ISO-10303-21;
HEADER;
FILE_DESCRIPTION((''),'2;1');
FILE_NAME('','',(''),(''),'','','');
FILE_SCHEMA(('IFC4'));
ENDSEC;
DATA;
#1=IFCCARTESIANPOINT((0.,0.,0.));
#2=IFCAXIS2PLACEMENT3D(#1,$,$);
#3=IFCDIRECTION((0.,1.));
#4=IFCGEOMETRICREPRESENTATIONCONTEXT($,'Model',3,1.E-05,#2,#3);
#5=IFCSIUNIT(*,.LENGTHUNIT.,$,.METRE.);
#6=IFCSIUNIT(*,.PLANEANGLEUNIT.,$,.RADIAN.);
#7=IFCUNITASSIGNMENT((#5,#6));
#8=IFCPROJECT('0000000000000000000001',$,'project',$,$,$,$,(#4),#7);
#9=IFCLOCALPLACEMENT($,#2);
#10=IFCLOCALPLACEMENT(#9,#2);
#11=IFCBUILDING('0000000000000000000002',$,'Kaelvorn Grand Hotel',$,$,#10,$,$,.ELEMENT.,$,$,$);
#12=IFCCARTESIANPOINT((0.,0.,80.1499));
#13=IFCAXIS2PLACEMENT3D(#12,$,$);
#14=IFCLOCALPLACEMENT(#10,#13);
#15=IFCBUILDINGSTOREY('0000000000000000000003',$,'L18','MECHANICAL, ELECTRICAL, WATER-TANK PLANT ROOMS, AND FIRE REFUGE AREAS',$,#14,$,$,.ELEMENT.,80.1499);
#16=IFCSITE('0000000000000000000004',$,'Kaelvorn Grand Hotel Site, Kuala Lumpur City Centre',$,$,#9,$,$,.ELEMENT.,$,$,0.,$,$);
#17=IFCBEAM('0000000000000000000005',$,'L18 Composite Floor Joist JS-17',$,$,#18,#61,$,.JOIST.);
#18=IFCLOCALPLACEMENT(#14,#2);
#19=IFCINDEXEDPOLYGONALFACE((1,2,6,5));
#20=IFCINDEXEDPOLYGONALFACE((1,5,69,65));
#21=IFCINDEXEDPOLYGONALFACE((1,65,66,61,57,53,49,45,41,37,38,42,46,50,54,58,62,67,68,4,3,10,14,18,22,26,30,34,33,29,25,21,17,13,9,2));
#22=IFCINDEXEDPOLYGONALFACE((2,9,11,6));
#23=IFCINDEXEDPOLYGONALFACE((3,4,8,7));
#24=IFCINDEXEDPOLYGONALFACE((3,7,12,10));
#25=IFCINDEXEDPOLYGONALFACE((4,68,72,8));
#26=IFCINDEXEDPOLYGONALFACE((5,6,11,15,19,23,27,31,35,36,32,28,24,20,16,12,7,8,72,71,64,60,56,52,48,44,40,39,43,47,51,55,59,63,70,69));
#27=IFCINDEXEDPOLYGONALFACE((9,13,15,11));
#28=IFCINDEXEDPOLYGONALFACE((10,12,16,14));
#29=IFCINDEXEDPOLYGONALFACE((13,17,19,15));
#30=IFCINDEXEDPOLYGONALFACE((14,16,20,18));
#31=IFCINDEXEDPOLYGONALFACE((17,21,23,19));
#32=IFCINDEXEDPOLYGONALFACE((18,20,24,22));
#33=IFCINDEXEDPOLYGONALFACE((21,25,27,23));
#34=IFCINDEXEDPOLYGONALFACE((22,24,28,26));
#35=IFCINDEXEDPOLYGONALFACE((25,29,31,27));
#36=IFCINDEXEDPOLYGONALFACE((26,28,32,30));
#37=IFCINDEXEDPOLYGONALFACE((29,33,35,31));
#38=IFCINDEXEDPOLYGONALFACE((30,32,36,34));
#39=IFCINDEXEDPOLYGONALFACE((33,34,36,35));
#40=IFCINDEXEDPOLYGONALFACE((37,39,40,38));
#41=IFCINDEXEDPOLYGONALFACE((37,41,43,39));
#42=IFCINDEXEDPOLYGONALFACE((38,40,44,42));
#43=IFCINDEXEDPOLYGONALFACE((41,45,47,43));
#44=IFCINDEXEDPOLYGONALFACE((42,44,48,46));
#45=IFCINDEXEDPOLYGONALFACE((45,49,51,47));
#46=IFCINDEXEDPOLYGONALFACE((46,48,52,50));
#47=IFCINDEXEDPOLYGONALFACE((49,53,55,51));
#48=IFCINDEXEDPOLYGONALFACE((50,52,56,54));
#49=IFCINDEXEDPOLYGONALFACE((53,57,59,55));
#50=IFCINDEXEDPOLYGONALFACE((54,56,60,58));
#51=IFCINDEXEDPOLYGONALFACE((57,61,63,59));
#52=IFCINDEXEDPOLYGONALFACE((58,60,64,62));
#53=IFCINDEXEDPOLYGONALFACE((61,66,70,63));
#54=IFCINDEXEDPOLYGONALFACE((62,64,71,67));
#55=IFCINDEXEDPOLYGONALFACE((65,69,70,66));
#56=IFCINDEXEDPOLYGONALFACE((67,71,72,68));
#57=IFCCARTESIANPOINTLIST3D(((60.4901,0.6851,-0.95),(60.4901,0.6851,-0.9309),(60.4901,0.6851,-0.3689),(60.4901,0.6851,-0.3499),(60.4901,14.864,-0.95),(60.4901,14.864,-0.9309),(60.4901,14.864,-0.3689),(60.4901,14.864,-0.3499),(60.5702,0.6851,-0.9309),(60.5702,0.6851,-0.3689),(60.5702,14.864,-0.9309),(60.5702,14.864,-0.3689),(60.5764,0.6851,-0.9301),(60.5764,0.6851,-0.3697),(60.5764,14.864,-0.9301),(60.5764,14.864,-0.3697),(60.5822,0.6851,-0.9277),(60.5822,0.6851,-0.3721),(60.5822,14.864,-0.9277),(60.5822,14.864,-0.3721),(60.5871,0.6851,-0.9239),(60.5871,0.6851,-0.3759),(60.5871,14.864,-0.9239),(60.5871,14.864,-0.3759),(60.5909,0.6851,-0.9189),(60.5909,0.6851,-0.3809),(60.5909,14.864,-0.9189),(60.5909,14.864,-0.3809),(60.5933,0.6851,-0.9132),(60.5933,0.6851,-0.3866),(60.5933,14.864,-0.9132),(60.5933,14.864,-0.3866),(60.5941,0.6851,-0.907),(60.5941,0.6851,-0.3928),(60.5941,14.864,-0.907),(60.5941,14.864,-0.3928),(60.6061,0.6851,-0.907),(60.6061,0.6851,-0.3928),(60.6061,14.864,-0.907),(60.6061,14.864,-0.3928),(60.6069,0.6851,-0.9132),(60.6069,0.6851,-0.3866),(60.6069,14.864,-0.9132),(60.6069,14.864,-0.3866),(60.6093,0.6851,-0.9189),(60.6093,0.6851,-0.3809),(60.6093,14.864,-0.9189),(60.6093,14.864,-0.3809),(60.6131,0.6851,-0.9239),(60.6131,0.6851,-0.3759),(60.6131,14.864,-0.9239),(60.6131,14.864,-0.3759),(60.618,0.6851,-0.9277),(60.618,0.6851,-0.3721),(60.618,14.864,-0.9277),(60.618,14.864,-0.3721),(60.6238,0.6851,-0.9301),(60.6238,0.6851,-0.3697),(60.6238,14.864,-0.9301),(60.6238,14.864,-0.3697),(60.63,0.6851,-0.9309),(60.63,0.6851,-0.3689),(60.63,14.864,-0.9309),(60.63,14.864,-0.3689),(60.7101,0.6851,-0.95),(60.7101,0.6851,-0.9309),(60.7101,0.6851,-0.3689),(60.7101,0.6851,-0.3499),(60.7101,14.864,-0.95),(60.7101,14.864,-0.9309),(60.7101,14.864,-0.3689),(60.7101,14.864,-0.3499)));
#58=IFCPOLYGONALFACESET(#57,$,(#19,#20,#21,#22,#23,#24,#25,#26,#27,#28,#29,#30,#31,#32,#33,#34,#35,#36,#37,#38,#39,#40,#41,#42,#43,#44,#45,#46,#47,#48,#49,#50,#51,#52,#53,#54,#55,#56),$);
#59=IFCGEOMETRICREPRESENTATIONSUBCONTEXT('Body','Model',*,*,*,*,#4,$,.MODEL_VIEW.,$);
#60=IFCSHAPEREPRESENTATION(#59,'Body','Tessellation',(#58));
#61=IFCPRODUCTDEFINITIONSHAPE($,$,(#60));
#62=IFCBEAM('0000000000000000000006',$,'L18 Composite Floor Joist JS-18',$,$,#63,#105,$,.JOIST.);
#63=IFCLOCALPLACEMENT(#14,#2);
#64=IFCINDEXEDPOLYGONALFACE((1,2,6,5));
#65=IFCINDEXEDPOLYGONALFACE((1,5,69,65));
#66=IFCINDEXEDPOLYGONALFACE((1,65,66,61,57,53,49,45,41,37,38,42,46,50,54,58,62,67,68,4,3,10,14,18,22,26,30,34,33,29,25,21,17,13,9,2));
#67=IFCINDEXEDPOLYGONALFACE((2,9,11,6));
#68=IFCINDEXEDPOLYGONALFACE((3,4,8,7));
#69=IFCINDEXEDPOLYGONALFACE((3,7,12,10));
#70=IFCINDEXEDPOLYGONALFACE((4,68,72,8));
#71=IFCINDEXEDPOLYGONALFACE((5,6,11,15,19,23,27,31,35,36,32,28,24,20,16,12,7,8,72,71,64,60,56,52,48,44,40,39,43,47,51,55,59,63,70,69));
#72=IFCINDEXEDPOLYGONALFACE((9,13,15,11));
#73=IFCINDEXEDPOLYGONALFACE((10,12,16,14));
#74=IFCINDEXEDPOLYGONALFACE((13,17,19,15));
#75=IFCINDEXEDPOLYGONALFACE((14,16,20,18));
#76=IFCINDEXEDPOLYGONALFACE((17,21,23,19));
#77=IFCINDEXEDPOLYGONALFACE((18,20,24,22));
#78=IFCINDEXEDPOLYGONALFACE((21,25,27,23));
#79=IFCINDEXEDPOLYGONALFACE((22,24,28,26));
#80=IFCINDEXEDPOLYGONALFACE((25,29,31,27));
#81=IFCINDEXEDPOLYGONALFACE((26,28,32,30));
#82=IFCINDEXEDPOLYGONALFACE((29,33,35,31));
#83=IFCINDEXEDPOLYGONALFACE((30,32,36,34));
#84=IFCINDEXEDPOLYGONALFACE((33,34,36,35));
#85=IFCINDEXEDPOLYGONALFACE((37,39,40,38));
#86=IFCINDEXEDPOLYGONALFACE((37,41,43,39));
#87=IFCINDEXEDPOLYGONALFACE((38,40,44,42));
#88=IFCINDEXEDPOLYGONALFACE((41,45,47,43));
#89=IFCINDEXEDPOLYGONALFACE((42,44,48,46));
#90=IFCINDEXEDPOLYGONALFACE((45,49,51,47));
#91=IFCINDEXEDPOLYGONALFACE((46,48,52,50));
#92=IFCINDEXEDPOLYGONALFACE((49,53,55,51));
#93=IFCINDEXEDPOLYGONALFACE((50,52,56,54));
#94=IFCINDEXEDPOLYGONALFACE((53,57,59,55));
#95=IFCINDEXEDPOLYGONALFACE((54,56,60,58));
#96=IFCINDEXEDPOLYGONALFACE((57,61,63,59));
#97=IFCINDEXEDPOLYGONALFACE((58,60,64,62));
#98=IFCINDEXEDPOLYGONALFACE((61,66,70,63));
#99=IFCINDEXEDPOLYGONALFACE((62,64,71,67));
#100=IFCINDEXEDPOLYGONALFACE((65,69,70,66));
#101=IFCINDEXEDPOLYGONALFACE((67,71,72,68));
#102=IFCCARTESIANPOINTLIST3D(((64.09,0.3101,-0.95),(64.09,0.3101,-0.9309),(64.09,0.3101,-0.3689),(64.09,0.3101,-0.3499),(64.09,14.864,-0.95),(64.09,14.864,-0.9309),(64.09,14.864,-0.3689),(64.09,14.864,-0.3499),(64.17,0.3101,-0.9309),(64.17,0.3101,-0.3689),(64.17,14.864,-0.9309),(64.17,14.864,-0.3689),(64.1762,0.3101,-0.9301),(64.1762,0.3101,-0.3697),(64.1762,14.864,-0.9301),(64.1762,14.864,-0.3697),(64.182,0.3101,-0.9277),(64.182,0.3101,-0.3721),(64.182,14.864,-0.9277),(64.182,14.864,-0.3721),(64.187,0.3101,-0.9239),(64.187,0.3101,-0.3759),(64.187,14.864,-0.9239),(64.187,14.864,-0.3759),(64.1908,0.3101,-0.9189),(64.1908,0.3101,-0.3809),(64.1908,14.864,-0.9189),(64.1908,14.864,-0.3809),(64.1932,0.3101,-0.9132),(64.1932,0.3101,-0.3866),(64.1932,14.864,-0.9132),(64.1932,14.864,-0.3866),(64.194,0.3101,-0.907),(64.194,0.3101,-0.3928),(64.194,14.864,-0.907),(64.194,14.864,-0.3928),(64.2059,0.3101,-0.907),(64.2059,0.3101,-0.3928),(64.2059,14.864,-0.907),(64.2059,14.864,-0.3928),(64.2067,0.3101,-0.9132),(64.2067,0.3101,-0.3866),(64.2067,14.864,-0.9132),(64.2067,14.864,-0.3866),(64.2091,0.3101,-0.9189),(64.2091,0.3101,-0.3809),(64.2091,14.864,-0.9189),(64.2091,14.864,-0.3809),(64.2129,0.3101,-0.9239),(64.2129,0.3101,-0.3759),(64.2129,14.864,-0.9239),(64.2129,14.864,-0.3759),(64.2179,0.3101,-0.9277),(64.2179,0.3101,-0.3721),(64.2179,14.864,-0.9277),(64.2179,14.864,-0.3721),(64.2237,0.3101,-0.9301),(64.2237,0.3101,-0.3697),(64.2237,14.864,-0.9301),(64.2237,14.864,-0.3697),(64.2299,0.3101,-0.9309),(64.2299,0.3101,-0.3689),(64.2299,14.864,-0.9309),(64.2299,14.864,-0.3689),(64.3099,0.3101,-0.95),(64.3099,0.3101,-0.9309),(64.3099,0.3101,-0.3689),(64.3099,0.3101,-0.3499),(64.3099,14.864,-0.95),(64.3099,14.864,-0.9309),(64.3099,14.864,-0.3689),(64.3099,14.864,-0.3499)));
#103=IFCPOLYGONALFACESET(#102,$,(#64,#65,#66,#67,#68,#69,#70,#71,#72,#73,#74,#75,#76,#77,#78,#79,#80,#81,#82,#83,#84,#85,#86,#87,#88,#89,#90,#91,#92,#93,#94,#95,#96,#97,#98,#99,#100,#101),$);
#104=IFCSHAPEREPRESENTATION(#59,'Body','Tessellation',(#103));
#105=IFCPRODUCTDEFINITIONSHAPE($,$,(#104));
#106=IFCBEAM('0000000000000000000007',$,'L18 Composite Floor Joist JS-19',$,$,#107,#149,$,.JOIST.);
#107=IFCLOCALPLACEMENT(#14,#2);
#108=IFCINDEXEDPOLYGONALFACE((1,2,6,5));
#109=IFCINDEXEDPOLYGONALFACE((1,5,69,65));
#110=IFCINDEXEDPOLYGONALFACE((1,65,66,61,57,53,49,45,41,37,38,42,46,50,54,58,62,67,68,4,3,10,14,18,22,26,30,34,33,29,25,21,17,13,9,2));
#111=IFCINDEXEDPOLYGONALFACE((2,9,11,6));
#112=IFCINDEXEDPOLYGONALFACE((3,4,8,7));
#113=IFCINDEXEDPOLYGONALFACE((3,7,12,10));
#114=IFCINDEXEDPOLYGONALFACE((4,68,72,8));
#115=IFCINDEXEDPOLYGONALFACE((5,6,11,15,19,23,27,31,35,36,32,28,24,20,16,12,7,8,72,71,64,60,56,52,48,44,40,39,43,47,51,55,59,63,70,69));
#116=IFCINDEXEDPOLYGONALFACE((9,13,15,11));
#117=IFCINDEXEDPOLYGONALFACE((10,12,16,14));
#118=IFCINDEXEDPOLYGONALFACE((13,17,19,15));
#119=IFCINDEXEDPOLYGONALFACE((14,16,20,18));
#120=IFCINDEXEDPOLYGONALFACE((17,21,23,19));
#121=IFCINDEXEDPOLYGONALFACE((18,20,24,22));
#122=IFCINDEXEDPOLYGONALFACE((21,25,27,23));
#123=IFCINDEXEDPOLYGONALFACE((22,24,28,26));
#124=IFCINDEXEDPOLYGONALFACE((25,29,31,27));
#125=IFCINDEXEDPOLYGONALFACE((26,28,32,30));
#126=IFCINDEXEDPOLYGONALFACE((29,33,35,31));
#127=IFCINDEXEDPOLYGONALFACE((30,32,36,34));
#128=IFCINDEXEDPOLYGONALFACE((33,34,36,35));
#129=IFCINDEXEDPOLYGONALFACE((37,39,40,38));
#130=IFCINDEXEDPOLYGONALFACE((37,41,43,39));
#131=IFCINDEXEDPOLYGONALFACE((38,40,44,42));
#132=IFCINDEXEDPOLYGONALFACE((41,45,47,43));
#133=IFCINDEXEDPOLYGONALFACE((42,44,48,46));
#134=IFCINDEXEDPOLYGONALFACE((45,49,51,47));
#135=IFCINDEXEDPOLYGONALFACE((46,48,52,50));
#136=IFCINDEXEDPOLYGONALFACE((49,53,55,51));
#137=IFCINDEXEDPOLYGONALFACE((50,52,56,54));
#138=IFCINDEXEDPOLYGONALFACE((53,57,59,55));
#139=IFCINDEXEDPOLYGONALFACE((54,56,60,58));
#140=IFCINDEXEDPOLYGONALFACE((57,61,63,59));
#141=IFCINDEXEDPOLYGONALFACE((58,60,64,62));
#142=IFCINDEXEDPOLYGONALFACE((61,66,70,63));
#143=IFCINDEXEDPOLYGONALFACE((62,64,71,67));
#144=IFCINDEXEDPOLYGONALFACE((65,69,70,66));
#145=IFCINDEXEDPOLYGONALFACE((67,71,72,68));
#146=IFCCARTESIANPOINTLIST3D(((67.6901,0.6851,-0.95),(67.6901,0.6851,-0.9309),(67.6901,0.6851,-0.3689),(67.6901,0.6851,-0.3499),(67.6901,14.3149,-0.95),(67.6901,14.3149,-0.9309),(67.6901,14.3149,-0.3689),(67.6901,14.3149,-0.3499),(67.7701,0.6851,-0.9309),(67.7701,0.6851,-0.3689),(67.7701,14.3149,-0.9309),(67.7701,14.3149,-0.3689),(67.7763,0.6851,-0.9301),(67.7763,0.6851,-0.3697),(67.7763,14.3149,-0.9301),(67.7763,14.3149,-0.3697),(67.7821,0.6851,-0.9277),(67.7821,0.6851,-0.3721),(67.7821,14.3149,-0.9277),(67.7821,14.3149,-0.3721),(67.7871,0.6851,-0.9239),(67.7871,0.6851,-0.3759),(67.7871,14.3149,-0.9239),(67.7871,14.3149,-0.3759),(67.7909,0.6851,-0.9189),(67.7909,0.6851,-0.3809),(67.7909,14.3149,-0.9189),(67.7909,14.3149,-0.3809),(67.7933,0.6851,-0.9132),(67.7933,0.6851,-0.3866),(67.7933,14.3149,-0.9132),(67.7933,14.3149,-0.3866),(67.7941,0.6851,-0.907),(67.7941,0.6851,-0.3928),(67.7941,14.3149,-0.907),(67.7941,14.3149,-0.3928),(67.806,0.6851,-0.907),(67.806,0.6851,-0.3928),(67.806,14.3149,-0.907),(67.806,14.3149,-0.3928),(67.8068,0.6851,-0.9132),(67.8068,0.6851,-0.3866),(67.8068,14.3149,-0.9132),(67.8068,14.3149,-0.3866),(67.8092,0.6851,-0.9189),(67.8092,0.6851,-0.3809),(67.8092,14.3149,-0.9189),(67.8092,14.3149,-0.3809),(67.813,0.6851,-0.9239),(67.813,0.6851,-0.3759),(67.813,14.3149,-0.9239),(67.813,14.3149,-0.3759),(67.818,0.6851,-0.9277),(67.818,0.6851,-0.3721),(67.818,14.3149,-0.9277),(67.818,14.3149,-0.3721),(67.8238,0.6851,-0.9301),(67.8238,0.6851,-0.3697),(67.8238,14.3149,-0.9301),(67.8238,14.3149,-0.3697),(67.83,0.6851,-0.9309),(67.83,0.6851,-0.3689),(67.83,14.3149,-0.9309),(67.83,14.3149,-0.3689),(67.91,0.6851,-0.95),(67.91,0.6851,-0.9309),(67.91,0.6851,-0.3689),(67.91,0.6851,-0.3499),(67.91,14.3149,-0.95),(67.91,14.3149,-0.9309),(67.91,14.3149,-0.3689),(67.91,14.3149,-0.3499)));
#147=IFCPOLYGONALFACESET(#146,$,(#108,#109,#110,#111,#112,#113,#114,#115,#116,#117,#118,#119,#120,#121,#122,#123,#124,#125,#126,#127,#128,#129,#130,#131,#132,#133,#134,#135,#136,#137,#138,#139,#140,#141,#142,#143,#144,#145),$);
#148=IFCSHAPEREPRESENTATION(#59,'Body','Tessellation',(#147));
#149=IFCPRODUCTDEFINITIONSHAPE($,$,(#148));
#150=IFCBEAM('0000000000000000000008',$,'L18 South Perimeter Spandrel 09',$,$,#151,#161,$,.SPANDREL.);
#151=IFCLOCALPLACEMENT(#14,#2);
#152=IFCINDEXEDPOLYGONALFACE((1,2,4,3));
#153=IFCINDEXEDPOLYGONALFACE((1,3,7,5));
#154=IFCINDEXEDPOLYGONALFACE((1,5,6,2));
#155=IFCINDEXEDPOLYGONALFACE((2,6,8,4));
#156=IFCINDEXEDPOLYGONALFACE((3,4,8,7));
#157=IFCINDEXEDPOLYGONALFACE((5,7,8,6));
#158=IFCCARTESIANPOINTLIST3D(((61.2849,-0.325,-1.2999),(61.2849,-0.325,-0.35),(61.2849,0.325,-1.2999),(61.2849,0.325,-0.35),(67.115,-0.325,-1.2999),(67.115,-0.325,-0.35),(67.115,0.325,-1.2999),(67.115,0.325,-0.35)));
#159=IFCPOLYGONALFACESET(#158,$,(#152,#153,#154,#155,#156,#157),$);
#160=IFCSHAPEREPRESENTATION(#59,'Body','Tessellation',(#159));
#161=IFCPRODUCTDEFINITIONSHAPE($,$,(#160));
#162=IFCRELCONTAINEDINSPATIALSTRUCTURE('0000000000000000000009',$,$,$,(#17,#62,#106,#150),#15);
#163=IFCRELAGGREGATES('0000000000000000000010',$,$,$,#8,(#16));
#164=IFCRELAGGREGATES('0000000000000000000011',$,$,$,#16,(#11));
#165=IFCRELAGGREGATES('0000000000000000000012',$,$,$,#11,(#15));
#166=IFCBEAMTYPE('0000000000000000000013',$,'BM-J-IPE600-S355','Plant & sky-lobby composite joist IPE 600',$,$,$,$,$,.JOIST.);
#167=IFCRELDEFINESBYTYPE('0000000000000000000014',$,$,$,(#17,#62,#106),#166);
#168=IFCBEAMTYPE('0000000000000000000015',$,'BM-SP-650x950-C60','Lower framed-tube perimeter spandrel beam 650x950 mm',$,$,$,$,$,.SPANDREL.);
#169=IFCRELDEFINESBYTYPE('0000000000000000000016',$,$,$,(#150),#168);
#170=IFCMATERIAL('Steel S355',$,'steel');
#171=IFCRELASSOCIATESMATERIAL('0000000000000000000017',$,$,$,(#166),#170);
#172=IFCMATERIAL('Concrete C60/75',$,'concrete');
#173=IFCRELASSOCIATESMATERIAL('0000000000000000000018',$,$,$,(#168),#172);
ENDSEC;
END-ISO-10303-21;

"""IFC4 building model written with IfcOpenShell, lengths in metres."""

from ifc_helpers import new_model, si_unit, direction, frame, origin, origin_2d, place, context, subcontext, project, spatial, rectangle, i_section, extrude, material, material_profile, profile_set, type_object, element, save


model = new_model("IFC4")

# Units and contexts
model_context = context("Model", 3, precision=1e-05, world=origin(), true_north=direction((0.0, 1.0)))
body_context = subcontext(model_context, "Body", "Model", "MODEL_VIEW")
ifc_project = project(units=[si_unit("LENGTHUNIT", "METRE"), si_unit("PLANEANGLEUNIT", "RADIAN")], contexts=[model_context])

# Site, building, storey
site_placement = place(None, origin())
site = spatial("IfcSite", under=ifc_project, at=site_placement, Name="Kaelvorn Grand Hotel Site, Kuala Lumpur City Centre", CompositionType="ELEMENT", RefElevation=0.0)
building_placement = place(site_placement, origin())
building = spatial("IfcBuilding", under=site, at=building_placement, Name="Kaelvorn Grand Hotel", CompositionType="ELEMENT")
storey_placement = place(building_placement, frame((0.0, 0.0, 80.1499)))
storey = spatial("IfcBuildingStorey", under=building, at=storey_placement, Name="L18", Description="MECHANICAL, ELECTRICAL, WATER-TANK PLANT ROOMS, AND FIRE REFUGE AREAS", CompositionType="ELEMENT", Elevation=80.1499)

# Beams
ifc_material_1 = material(Name="Steel S355", Category="steel")
ifc_material_profile_1 = material_profile(ifc_material_1, i_section(OverallWidth=0.22, OverallDepth=0.6001, WebThickness=0.012, FlangeThickness=0.019, FilletRadius=0.0239, at=origin_2d()), Name="IPE 600")
ifc_profile_set_1 = profile_set([ifc_material_profile_1], Name="Steel S355")
beam_type_1 = type_object("IfcBeamType", Name="BM-J-IPE600-S355", Description="Plant & sky-lobby composite joist IPE 600", PredefinedType="JOIST", material=ifc_profile_set_1)
beam_1_placement = place(storey_placement, frame((60.6001, 0.6851, -0.6499), z_axis=(0.0, 1.0, 0.0), x_axis=(-1.0, 0.0, 0.0)))
element("IfcBeam", 1, at=beam_1_placement, inside=storey, type_object=beam_type_1, Name="L18 Composite Floor Joist JS-17", PredefinedType="JOIST", context=body_context, shape_type="SweptSolid", body=[
    extrude(i_section(OverallWidth=0.22, OverallDepth=0.6001, WebThickness=0.012, FlangeThickness=0.019, FilletRadius=0.0239, at=origin_2d()), origin(), (0.0, 0.0, 1.0), 14.179),
])
beam_2_placement = place(storey_placement, frame((64.2, 0.3101, -0.6499), z_axis=(0.0, 1.0, 0.0), x_axis=(-1.0, 0.0, 0.0)))
element("IfcBeam", 2, at=beam_2_placement, inside=storey, type_object=beam_type_1, Name="L18 Composite Floor Joist JS-18", PredefinedType="JOIST", context=body_context, shape_type="SweptSolid", body=[
    extrude(i_section(OverallWidth=0.22, OverallDepth=0.6001, WebThickness=0.012, FlangeThickness=0.019, FilletRadius=0.0239, at=origin_2d()), origin(), (0.0, 0.0, 1.0), 14.554),
])
beam_3_placement = place(storey_placement, frame((67.8, 0.6851, -0.6499), z_axis=(0.0, 1.0, 0.0), x_axis=(-1.0, 0.0, 0.0)))
element("IfcBeam", 3, at=beam_3_placement, inside=storey, type_object=beam_type_1, Name="L18 Composite Floor Joist JS-19", PredefinedType="JOIST", context=body_context, shape_type="SweptSolid", body=[
    extrude(i_section(OverallWidth=0.22, OverallDepth=0.6001, WebThickness=0.012, FlangeThickness=0.019, FilletRadius=0.0239, at=origin_2d()), origin(), (0.0, 0.0, 1.0), 13.6299),
])
ifc_material_2 = material(Name="Concrete C60/75", Category="concrete")
ifc_material_profile_2 = material_profile(ifc_material_2, rectangle(XDim=0.6499, YDim=0.95, at=origin_2d()), Name="RC SPANDREL 650x950")
ifc_profile_set_2 = profile_set([ifc_material_profile_2], Name="Concrete C60/75")
beam_type_2 = type_object("IfcBeamType", Name="BM-SP-650x950-C60", Description="Lower framed-tube perimeter spandrel beam 650x950 mm", PredefinedType="SPANDREL", material=ifc_profile_set_2)
beam_4_placement = place(storey_placement, frame((61.2849, 0.0, -0.825), z_axis=(1.0, 0.0, 0.0), x_axis=(0.0, 1.0, 0.0)))
element("IfcBeam", 4, at=beam_4_placement, inside=storey, type_object=beam_type_2, Name="L18 South Perimeter Spandrel 09", PredefinedType="SPANDREL", context=body_context, shape_type="SweptSolid", body=[
    extrude(rectangle(XDim=0.6499, YDim=0.95, at=origin_2d()), origin(), (0.0, 0.0, 1.0), 5.8301),
])

save(model, "model.ifc")
